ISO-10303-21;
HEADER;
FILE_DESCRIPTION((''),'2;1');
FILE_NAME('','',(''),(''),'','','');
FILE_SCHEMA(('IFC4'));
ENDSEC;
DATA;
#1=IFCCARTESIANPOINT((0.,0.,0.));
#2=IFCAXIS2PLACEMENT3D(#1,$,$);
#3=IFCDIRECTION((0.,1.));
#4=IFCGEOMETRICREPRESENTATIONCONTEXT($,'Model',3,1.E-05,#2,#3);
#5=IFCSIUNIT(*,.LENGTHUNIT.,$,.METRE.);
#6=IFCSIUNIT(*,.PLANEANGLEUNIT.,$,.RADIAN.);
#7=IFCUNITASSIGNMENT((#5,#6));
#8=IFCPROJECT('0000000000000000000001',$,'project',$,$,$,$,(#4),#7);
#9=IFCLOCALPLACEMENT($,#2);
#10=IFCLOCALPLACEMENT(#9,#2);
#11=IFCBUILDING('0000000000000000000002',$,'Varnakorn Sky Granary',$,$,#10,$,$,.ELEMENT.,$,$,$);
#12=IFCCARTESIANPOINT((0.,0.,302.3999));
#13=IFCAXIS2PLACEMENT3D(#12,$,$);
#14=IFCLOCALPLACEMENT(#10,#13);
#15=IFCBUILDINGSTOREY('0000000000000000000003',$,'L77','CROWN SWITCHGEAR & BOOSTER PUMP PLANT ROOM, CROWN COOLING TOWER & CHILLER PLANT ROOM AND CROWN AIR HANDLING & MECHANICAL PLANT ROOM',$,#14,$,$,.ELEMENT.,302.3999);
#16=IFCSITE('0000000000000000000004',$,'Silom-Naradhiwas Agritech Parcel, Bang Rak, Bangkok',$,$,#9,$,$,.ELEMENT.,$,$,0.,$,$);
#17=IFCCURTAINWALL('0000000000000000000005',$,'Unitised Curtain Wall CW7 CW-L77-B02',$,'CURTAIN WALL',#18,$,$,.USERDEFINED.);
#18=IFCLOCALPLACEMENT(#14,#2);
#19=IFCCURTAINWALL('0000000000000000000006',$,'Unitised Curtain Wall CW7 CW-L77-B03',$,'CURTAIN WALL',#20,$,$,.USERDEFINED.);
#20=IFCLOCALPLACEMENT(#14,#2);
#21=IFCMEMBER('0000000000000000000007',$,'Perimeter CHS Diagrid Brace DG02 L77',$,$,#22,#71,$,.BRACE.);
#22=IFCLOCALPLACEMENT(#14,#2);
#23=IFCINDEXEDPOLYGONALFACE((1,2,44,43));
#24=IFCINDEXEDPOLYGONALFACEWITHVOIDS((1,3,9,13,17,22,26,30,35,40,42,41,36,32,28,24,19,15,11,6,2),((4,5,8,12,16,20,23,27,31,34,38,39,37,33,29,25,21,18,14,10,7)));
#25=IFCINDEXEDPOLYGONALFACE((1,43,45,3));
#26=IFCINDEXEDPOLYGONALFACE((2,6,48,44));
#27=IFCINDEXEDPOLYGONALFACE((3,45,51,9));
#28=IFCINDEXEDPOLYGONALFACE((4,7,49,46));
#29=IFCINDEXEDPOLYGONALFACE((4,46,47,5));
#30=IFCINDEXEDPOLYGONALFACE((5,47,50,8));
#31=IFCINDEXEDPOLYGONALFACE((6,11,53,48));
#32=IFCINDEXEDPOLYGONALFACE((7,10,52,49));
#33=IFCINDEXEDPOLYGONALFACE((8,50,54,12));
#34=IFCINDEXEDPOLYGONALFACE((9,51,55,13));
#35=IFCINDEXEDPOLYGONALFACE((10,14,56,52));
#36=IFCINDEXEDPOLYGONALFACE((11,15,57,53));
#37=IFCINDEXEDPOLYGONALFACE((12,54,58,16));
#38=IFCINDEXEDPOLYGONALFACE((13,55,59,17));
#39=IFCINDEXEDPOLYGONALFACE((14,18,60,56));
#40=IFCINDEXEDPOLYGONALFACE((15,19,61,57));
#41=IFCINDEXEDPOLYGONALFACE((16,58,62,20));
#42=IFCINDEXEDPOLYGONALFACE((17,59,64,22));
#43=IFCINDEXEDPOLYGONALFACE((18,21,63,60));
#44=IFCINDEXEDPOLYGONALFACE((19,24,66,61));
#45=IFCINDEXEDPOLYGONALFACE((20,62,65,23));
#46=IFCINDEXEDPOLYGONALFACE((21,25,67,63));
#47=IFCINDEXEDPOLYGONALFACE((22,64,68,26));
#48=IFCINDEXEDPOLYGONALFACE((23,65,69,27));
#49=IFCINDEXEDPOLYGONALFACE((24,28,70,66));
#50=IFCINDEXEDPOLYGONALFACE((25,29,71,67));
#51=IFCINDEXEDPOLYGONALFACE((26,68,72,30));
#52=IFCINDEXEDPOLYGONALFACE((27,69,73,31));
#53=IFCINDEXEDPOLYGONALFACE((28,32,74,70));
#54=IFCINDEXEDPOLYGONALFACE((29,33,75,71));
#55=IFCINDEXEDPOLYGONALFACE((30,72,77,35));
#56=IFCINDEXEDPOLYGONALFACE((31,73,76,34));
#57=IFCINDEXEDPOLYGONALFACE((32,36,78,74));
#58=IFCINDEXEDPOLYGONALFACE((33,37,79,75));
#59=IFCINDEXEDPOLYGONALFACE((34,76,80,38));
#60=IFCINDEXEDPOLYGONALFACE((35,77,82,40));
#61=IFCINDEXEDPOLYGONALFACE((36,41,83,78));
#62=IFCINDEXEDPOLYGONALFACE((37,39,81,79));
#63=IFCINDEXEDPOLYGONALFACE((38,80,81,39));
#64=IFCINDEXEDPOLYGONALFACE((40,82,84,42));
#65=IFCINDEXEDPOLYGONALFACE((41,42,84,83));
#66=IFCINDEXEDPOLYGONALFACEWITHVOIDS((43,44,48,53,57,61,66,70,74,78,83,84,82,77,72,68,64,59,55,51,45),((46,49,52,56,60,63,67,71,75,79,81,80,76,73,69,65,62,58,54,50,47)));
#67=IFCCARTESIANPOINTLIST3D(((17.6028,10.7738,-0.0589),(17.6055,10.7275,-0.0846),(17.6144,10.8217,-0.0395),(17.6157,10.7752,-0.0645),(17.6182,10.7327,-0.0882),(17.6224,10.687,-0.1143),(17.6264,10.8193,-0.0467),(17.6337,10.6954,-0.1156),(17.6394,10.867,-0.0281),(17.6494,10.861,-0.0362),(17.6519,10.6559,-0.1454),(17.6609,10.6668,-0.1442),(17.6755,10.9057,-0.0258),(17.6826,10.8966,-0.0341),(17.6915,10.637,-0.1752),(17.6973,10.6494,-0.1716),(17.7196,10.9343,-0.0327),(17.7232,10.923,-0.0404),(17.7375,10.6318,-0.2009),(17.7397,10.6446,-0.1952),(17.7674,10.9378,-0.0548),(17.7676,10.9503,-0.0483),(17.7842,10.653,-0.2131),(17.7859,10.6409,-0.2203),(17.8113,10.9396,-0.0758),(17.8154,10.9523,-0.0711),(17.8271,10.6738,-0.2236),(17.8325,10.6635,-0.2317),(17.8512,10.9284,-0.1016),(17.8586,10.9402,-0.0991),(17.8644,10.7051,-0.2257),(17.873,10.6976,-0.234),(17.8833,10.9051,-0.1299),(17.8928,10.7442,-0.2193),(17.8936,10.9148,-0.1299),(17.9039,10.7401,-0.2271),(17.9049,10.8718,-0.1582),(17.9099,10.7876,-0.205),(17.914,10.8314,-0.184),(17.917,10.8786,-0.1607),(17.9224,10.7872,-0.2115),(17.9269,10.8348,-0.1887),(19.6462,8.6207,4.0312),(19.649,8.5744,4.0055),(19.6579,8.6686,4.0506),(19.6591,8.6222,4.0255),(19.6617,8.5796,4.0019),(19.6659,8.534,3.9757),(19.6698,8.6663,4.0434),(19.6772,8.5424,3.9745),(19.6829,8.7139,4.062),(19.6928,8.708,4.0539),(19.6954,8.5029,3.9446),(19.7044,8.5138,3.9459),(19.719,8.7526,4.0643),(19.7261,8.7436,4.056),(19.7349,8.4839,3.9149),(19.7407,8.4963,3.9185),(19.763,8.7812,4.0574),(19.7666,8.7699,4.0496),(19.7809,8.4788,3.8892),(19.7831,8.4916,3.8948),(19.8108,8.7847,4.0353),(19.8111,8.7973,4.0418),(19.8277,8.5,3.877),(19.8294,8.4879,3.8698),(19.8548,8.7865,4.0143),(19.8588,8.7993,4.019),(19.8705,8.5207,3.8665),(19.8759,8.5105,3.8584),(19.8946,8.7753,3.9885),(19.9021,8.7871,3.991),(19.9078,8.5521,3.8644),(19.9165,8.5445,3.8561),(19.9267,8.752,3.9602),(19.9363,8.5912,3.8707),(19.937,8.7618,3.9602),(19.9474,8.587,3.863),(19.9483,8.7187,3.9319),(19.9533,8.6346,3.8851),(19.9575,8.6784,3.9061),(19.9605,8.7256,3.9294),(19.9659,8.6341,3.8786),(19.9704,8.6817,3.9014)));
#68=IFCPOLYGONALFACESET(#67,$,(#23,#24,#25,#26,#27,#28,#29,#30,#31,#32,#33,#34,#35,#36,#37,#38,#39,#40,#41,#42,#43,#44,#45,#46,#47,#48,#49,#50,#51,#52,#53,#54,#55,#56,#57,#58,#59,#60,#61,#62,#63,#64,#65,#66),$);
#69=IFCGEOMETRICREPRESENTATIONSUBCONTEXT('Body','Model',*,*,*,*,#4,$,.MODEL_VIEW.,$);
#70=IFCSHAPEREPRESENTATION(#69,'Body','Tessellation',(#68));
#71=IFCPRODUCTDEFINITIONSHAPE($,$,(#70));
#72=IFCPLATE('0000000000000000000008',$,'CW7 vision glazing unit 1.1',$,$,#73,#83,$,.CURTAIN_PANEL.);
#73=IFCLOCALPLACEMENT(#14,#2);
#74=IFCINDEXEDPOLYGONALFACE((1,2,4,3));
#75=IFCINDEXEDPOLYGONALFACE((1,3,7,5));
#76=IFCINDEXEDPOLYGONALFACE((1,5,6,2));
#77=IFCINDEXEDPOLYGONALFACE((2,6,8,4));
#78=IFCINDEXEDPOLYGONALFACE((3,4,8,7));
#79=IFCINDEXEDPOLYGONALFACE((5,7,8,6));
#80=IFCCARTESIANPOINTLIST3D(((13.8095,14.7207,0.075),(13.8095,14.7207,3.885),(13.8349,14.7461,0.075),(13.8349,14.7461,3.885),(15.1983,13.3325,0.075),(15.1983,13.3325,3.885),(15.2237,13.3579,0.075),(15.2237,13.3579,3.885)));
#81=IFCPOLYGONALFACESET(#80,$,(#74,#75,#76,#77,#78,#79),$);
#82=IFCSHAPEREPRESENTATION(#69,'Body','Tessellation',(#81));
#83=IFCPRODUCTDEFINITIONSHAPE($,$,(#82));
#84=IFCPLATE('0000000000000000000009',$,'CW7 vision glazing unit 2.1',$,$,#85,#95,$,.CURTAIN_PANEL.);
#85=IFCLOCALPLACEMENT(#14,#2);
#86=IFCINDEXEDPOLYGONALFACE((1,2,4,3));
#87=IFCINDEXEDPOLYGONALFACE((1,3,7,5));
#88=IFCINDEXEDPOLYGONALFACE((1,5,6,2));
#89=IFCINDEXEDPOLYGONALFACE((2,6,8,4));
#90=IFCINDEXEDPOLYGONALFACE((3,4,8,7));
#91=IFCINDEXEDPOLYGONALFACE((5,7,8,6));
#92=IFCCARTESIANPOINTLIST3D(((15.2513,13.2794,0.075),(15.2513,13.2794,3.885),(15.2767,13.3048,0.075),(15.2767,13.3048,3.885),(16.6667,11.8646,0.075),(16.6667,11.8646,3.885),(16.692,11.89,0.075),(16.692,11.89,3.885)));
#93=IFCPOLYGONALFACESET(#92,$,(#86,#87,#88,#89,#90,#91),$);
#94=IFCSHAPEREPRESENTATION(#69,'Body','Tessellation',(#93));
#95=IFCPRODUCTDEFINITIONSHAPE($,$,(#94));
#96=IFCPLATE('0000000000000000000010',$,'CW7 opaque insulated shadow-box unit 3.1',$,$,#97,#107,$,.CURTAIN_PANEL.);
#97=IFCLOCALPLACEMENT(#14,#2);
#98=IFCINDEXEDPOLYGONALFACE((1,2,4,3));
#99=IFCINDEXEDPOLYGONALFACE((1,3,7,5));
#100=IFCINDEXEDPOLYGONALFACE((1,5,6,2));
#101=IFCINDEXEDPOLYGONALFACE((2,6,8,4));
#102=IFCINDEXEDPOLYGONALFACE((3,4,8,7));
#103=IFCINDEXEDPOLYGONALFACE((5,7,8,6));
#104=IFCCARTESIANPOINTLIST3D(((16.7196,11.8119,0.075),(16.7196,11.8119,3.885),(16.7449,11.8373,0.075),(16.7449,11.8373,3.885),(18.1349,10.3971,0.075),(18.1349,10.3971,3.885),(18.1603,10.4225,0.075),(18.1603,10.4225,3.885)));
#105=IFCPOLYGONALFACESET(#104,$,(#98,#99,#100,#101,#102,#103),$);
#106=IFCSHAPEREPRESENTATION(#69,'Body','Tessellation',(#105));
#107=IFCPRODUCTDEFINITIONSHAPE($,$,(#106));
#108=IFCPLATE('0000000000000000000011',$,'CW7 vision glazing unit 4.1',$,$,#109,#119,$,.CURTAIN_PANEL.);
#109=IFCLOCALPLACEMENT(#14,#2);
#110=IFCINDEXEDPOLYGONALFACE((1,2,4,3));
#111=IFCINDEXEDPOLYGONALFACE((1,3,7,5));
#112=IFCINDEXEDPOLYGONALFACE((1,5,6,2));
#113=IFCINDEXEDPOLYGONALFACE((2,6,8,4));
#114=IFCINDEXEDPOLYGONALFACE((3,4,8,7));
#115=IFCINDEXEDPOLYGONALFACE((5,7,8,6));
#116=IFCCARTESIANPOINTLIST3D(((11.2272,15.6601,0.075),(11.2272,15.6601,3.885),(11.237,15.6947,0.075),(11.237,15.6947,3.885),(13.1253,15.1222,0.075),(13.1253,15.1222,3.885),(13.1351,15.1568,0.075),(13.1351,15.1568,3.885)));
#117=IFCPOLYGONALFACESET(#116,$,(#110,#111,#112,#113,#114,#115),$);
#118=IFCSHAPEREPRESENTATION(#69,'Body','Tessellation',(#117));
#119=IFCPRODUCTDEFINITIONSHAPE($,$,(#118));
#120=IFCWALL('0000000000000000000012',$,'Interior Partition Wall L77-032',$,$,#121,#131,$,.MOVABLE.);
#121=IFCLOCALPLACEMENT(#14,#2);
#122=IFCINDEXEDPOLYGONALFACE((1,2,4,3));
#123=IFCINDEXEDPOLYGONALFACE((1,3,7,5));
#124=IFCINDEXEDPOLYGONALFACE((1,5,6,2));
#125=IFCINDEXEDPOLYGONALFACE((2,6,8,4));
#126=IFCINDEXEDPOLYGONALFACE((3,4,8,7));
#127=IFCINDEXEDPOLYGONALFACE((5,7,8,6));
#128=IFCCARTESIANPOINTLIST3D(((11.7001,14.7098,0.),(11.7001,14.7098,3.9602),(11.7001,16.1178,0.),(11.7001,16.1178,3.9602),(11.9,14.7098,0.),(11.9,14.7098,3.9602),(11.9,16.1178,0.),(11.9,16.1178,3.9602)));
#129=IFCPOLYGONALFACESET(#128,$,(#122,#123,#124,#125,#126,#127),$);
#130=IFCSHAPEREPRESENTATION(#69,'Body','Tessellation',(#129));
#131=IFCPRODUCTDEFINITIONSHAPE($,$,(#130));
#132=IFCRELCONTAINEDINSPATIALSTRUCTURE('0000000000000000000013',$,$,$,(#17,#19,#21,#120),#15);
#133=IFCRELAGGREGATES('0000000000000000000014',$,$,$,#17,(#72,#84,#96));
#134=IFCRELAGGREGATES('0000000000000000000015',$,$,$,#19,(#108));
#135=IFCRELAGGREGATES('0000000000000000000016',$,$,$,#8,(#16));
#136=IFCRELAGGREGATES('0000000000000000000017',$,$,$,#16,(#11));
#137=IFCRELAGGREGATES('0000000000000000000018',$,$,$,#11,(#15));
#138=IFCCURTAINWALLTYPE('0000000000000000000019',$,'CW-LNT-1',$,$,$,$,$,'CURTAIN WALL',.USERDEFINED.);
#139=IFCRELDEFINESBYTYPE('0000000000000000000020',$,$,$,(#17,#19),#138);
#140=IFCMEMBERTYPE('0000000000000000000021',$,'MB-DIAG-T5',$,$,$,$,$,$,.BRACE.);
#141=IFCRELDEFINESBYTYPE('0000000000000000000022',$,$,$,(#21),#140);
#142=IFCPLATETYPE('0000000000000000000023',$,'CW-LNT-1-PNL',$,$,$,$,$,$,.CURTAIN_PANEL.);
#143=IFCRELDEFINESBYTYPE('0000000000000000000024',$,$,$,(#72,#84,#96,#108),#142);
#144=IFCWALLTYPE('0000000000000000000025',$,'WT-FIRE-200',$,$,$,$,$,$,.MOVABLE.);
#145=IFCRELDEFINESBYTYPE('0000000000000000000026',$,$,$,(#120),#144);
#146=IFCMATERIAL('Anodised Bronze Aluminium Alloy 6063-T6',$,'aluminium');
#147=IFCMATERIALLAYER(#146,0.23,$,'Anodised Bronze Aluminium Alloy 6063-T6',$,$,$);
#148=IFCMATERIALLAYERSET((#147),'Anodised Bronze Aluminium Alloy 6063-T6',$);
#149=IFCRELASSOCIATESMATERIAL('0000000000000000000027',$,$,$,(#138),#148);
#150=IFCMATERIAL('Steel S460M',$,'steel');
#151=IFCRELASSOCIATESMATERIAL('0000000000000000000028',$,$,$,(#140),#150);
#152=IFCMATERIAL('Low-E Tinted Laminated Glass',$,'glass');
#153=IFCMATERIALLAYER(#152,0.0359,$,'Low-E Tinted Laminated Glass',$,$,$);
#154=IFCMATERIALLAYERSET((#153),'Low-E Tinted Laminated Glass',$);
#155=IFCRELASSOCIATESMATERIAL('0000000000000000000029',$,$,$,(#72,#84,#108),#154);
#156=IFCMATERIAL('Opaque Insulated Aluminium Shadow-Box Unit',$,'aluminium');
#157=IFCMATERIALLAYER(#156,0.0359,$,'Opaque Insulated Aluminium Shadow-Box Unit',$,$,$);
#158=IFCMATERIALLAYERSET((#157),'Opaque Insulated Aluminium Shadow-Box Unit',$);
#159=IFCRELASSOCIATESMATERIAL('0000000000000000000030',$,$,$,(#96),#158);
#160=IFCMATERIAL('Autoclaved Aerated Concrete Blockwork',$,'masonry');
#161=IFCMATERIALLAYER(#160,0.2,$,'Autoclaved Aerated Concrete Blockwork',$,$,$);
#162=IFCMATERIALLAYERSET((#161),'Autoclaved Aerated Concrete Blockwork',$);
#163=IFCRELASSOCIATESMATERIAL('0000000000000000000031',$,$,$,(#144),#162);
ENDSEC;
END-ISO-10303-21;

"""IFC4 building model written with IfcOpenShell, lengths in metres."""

from ifc_helpers import new_model, si_unit, direction, frame, frame_2d, origin, origin_2d, place, context, subcontext, project, spatial, rectangle, hollow_circle, extrude, source, transform, mapped, material, layer, layer_set, material_profile, profile_set, type_object, type_shapes, element, aggregate, save


model = new_model("IFC4")

# Units and contexts
model_context = context("Model", 3, precision=1e-05, world=origin(), true_north=direction((0.0, 1.0)))
body_context = subcontext(model_context, "Body", "Model", "MODEL_VIEW")
ifc_project = project(units=[si_unit("LENGTHUNIT", "METRE"), si_unit("PLANEANGLEUNIT", "RADIAN")], contexts=[model_context])

# Site, building, storey
site_placement = place(None, origin())
site = spatial("IfcSite", under=ifc_project, at=site_placement, Name="Silom-Naradhiwas Agritech Parcel, Bang Rak, Bangkok", CompositionType="ELEMENT", RefElevation=0.0)
building_placement = place(site_placement, origin())
building = spatial("IfcBuilding", under=site, at=building_placement, Name="Varnakorn Sky Granary", CompositionType="ELEMENT")
storey_placement = place(building_placement, frame((0.0, 0.0, 302.3999)))
storey = spatial("IfcBuildingStorey", under=building, at=storey_placement, Name="L77", Description="CROWN SWITCHGEAR & BOOSTER PUMP PLANT ROOM, CROWN COOLING TOWER & CHILLER PLANT ROOM AND CROWN AIR HANDLING & MECHANICAL PLANT ROOM", CompositionType="ELEMENT", Elevation=302.3999)

# Shared definitions
ifc_material_1 = material(Name="Steel S460M", Category="steel")

# Curtain wall
ifc_material_2 = material(Name="Anodised Bronze Aluminium Alloy 6063-T6", Category="aluminium")
ifc_layer_1 = layer(ifc_material_2, 0.23, Name="Anodised Bronze Aluminium Alloy 6063-T6")
ifc_layer_set_1 = layer_set([ifc_layer_1], Name="Anodised Bronze Aluminium Alloy 6063-T6")
curtain_wall_type = type_object("IfcCurtainWallType", Name="CW-LNT-1", ElementType="CURTAIN WALL", PredefinedType="USERDEFINED", material=ifc_layer_set_1)
curtain_wall_1_placement = place(storey_placement, origin())
curtain_wall_1 = element("IfcCurtainWall", 1, at=curtain_wall_1_placement, inside=storey, type_object=curtain_wall_type, Name="Unitised Curtain Wall CW7 CW-L77-B02", ObjectType="CURTAIN WALL", PredefinedType="USERDEFINED")

# Curtain wall
curtain_wall_2_placement = place(storey_placement, origin())
curtain_wall_2 = element("IfcCurtainWall", 2, at=curtain_wall_2_placement, inside=storey, type_object=curtain_wall_type, Name="Unitised Curtain Wall CW7 CW-L77-B03", ObjectType="CURTAIN WALL", PredefinedType="USERDEFINED")

# Member
ifc_material_profile_1 = material_profile(ifc_material_1, hollow_circle(Radius=0.1777, WallThickness=0.0142, at=origin_2d()), Name="CHS 355.6x14")
ifc_profile_set_1 = profile_set([ifc_material_profile_1], Name="Steel S460M")
member_type_1 = type_object("IfcMemberType", Name="MB-DIAG-T5", PredefinedType="BRACE", material=ifc_profile_set_1)
member_1_placement = place(storey_placement, frame((17.7646, 10.7925, -0.1299), z_axis=(0.404346, -0.426036, 0.809319), x_axis=(0.72533, 0.688401, 0.0)))
element("IfcMember", 3, at=member_1_placement, inside=storey, type_object=member_type_1, Name="Perimeter CHS Diagrid Brace DG02 L77", PredefinedType="BRACE", context=body_context, shape_type="SweptSolid", body=[
    extrude(hollow_circle(Radius=0.1777, WallThickness=0.0142, at=origin_2d()), origin(), (0.0, 0.0, 1.0), 5.0537),
])

# Plates
ifc_material_3 = material(Name="Low-E Tinted Laminated Glass", Category="glass")
ifc_layer_2 = layer(ifc_material_3, 0.0359, Name="Low-E Tinted Laminated Glass")
ifc_layer_set_2 = layer_set([ifc_layer_2], Name="Low-E Tinted Laminated Glass")
plate_type = type_object("IfcPlateType", Name="CW-LNT-1-PNL", PredefinedType="CURTAIN_PANEL")
shared_shape_1 = source(origin(), body_context, "Body", "SweptSolid", [
    extrude(rectangle(XDim=1.9636, YDim=0.0359, at=origin_2d()), origin(), (0.0, 0.0, 1.0), 3.8101),
])
plate_1_placement = place(storey_placement, frame((14.5166, 14.0393, 0.075), z_axis=(0.0, 0.0, 1.0), x_axis=(0.707251, -0.706962, 0.0)))
plate_1 = element("IfcPlate", 4, at=plate_1_placement, type_object=plate_type, material=ifc_layer_set_2, Name="CW7 vision glazing unit 1.1", PredefinedType="CURTAIN_PANEL", context=body_context, shape_type="MappedRepresentation", body=[
    mapped(shared_shape_1, transform((0.0, 0.0, 0.0), x_axis=(1.0, 0.0, 0.0), y_axis=(0.0, 1.0, 0.0), z_axis=(0.0, 0.0, 1.0), scale=1.0)),
])
shared_shape_2 = source(origin(), body_context, "Body", "SweptSolid", [
    extrude(rectangle(XDim=2.0012, YDim=0.0359, at=origin_2d()), origin(), (0.0, 0.0, 1.0), 3.8101),
])
plate_2_placement = place(storey_placement, frame((15.9717, 12.5847, 0.075), z_axis=(0.0, 0.0, 1.0), x_axis=(0.707251, -0.706962, 0.0)))
plate_2 = element("IfcPlate", 5, at=plate_2_placement, type_object=plate_type, material=ifc_layer_set_2, Name="CW7 vision glazing unit 2.1", PredefinedType="CURTAIN_PANEL", context=body_context, shape_type="MappedRepresentation", body=[
    mapped(shared_shape_2, transform((0.0, 0.0, 0.0), x_axis=(1.0, 0.0, 0.0), y_axis=(0.0, 1.0, 0.0), z_axis=(0.0, 0.0, 1.0), scale=1.0)),
])
ifc_material_4 = material(Name="Opaque Insulated Aluminium Shadow-Box Unit", Category="aluminium")
ifc_layer_3 = layer(ifc_material_4, 0.0359, Name="Opaque Insulated Aluminium Shadow-Box Unit")
ifc_layer_set_3 = layer_set([ifc_layer_3], Name="Opaque Insulated Aluminium Shadow-Box Unit")
plate_3_placement = place(storey_placement, frame((17.4399, 11.1172, 0.075), z_axis=(0.0, 0.0, 1.0), x_axis=(0.707251, -0.706962, 0.0)))
plate_3 = element("IfcPlate", 6, at=plate_3_placement, type_object=plate_type, material=ifc_layer_set_3, Name="CW7 opaque insulated shadow-box unit 3.1", PredefinedType="CURTAIN_PANEL", context=body_context, shape_type="MappedRepresentation", body=[
    mapped(shared_shape_2, transform((0.0, 0.0, 0.0), x_axis=(1.0, 0.0, 0.0), y_axis=(0.0, 1.0, 0.0), z_axis=(0.0, 0.0, 1.0), scale=1.0)),
])
aggregate(curtain_wall_1, [plate_1, plate_2, plate_3])
shared_shape_3 = source(origin(), body_context, "Body", "SweptSolid", [
    extrude(rectangle(XDim=1.9729, YDim=0.0359, at=origin_2d()), origin(), (0.0, 0.0, 1.0), 3.8101),
])
type_shapes(plate_type, [shared_shape_1, shared_shape_2, shared_shape_3])
plate_4_placement = place(storey_placement, frame((12.1812, 15.4084, 0.075), z_axis=(0.0, 0.0, 1.0), x_axis=(0.962113, -0.27265, 0.0)))
plate_4 = element("IfcPlate", 7, at=plate_4_placement, type_object=plate_type, material=ifc_layer_set_2, Name="CW7 vision glazing unit 4.1", PredefinedType="CURTAIN_PANEL", context=body_context, shape_type="MappedRepresentation", body=[
    mapped(shared_shape_3, transform((0.0, 0.0, 0.0), x_axis=(1.0, 0.0, 0.0), y_axis=(0.0, 1.0, 0.0), z_axis=(0.0, 0.0, 1.0), scale=1.0)),
])
aggregate(curtain_wall_2, [plate_4])

# Wall
ifc_material_5 = material(Name="Autoclaved Aerated Concrete Blockwork", Category="masonry")
ifc_layer_4 = layer(ifc_material_5, 0.2, Name="Autoclaved Aerated Concrete Blockwork")
ifc_layer_set_4 = layer_set([ifc_layer_4], Name="Autoclaved Aerated Concrete Blockwork")
wall_type = type_object("IfcWallType", Name="WT-FIRE-200", PredefinedType="MOVABLE", material=ifc_layer_set_4)
wall_placement = place(storey_placement, frame((11.8, 16.1179, 0.0), z_axis=(0.0, 0.0, 1.0), x_axis=(0.0, -1.0, 0.0)))
element("IfcWall", 8, at=wall_placement, inside=storey, type_object=wall_type, Name="Interior Partition Wall L77-032", PredefinedType="MOVABLE", context=body_context, shape_type="SweptSolid", body=[
    extrude(rectangle(XDim=1.408, YDim=0.2, at=frame_2d((0.7041, 0.0))), origin(), (0.0, 0.0, 1.0), 3.9602),
])

save(model, "model.ifc")
